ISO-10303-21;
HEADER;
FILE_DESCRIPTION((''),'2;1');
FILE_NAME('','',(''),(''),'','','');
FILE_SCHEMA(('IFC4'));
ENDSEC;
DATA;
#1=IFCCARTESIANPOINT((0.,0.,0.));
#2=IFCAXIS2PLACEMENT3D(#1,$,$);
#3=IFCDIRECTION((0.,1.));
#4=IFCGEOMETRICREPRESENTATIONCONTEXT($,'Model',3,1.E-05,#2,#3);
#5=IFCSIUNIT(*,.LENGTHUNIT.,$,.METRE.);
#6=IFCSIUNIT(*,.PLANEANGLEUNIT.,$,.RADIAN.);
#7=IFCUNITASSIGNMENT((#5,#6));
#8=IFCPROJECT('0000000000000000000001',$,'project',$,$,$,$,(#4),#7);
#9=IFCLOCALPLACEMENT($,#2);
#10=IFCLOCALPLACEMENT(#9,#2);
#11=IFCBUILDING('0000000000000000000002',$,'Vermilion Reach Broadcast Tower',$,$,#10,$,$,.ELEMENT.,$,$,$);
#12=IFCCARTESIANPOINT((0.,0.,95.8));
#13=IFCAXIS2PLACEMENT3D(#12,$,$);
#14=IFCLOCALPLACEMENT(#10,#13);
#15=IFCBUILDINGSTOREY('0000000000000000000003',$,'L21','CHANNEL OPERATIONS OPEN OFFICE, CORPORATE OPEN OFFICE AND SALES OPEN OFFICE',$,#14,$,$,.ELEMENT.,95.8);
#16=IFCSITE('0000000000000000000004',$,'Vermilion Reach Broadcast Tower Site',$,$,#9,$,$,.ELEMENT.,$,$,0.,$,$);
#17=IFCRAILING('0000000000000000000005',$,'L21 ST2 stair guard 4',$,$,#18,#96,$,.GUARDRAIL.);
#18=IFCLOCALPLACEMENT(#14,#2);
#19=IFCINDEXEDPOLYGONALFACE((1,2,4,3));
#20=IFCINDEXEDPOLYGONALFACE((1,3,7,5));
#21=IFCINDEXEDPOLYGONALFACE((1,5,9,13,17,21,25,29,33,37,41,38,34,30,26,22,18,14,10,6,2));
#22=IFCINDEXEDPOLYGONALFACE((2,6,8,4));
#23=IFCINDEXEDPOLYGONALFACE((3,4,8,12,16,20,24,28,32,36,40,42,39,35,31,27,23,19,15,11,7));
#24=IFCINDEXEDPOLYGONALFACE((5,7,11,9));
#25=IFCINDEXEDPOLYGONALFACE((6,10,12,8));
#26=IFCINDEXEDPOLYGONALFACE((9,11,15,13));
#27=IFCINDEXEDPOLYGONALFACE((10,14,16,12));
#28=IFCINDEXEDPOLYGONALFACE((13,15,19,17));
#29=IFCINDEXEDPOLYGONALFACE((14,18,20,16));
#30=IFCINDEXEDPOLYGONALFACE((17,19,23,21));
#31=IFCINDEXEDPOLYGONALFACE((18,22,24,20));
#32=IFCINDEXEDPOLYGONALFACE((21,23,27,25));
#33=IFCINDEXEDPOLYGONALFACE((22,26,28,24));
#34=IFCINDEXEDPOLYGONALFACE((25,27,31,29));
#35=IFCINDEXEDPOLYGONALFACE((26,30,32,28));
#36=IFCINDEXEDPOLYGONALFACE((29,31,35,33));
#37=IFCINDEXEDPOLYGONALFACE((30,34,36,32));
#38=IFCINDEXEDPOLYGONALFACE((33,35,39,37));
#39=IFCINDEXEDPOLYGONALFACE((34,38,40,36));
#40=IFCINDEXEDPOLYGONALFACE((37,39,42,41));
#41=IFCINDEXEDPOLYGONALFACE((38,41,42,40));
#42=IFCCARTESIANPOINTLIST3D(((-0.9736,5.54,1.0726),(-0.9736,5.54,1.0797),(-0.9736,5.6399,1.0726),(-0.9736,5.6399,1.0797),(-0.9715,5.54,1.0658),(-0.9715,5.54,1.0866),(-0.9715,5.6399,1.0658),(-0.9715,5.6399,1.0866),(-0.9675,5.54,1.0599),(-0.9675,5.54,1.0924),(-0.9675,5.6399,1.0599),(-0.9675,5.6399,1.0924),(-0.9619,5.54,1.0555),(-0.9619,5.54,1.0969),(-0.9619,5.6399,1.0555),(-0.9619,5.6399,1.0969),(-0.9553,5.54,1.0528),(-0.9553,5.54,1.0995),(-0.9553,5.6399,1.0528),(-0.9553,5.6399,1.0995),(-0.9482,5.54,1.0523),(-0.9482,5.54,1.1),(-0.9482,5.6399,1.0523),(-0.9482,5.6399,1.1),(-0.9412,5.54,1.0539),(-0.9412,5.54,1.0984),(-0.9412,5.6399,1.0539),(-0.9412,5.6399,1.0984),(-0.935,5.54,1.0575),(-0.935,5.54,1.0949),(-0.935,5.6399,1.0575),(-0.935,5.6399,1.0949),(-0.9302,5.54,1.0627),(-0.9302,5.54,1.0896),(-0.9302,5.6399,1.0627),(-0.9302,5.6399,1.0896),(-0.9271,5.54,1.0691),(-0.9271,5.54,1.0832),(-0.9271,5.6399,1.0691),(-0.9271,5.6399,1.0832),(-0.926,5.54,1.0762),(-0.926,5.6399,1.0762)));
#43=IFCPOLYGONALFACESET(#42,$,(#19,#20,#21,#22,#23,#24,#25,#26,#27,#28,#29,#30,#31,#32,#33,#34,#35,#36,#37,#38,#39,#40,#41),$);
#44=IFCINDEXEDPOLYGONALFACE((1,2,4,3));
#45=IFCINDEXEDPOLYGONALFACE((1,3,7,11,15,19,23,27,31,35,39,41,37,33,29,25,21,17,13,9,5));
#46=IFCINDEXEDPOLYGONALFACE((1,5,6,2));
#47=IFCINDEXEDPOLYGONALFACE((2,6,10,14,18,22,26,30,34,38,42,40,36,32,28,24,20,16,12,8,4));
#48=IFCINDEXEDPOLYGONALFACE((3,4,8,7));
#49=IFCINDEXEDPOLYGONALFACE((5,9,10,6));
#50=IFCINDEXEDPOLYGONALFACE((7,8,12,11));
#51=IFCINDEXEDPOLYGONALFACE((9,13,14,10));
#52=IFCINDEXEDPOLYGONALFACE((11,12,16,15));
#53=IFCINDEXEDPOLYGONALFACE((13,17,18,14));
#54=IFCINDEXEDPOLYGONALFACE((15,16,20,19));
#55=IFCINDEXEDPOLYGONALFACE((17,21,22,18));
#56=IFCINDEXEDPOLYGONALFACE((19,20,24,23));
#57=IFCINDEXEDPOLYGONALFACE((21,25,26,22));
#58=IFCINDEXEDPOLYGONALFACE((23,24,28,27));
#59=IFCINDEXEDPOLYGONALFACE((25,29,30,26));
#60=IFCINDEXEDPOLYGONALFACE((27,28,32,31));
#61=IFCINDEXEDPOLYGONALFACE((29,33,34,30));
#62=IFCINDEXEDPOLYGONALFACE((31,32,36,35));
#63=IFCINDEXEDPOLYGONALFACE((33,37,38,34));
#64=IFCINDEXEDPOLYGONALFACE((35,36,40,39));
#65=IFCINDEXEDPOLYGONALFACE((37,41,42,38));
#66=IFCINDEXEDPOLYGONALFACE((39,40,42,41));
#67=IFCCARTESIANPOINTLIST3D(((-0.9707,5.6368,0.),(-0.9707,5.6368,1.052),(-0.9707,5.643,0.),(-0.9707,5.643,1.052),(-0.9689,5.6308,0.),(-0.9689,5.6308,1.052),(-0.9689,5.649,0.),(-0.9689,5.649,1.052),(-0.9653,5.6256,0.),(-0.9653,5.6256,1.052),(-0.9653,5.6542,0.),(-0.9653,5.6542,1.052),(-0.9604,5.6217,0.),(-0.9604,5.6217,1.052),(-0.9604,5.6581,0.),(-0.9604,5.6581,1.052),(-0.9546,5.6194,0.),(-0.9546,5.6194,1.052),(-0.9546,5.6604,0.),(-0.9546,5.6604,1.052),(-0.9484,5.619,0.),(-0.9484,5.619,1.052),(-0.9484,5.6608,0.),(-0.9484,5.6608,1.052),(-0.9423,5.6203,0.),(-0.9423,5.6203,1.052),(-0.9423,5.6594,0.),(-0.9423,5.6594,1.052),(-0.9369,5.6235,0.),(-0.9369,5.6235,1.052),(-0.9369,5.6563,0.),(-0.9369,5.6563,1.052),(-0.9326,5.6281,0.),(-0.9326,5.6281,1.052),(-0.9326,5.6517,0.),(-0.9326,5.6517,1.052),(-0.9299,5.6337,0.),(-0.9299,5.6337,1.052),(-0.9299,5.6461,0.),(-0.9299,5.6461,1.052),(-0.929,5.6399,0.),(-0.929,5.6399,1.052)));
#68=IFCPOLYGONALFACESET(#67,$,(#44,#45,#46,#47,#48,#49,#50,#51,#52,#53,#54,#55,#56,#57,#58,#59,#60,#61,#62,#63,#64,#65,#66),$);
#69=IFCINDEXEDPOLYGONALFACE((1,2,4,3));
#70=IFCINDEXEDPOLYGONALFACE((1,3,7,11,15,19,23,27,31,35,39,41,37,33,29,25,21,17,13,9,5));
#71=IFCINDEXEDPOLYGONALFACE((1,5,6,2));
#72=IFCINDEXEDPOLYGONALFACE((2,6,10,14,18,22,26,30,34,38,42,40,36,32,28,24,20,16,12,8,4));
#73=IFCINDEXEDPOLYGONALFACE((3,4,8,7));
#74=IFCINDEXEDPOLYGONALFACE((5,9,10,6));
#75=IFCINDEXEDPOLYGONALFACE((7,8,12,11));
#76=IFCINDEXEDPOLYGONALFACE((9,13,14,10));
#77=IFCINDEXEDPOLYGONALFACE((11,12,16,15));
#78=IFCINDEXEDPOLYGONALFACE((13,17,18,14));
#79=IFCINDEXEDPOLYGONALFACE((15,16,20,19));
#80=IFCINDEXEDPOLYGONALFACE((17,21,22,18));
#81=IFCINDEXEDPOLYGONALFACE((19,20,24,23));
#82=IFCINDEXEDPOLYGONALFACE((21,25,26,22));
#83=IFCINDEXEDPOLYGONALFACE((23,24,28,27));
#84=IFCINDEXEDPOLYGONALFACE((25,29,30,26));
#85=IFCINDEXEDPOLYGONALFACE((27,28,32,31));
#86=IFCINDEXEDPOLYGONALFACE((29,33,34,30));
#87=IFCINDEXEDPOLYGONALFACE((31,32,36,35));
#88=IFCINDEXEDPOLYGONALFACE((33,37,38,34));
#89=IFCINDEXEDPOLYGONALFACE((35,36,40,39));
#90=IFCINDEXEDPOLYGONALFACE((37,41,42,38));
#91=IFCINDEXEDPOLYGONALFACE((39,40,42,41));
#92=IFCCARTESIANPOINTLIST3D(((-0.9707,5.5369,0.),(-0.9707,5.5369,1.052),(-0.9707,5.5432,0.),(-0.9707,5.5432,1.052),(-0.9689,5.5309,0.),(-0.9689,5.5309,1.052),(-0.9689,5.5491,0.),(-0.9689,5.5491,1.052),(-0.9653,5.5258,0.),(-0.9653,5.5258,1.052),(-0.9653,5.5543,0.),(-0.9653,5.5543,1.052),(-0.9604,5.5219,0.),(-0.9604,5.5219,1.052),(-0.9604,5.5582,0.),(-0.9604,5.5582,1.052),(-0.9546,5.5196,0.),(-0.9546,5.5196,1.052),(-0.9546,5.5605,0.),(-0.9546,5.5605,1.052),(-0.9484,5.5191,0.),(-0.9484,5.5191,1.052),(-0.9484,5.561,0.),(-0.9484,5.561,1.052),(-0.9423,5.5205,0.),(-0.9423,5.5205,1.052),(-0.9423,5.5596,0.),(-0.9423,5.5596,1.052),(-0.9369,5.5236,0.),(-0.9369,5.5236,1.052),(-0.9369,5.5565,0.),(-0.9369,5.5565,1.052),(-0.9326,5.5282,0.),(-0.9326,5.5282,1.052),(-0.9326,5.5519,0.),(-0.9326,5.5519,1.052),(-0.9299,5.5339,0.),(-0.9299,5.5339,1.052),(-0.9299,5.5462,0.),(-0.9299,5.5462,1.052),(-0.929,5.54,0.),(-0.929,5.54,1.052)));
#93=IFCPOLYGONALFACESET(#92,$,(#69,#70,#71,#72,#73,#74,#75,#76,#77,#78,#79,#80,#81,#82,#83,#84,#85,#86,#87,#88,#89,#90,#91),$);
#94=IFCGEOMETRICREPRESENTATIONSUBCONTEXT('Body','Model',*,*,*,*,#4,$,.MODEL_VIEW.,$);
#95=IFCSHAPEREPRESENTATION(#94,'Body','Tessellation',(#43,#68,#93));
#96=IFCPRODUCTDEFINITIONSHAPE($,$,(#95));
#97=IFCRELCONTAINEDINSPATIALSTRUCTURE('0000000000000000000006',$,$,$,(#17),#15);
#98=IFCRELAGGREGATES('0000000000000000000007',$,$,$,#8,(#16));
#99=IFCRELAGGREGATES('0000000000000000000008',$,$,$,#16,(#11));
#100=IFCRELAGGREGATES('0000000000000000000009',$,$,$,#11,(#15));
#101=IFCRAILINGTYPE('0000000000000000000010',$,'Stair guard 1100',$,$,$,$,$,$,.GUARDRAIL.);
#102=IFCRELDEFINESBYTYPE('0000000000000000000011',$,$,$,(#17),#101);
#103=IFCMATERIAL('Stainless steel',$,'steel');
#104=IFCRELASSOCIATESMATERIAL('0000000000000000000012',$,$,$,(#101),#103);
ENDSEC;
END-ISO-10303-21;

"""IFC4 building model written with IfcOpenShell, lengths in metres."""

from ifc_helpers import new_model, si_unit, direction, frame, origin, origin_2d, place, context, subcontext, project, spatial, circle, extrude, material, type_object, element, save


model = new_model("IFC4")

# Units and contexts
model_context = context("Model", 3, precision=1e-05, world=origin(), true_north=direction((0.0, 1.0)))
body_context = subcontext(model_context, "Body", "Model", "MODEL_VIEW")
ifc_project = project(units=[si_unit("LENGTHUNIT", "METRE"), si_unit("PLANEANGLEUNIT", "RADIAN")], contexts=[model_context])

# Site, building, storey
site_placement = place(None, origin())
site = spatial("IfcSite", under=ifc_project, at=site_placement, Name="Vermilion Reach Broadcast Tower Site", CompositionType="ELEMENT", RefElevation=0.0)
building_placement = place(site_placement, origin())
building = spatial("IfcBuilding", under=site, at=building_placement, Name="Vermilion Reach Broadcast Tower", CompositionType="ELEMENT")
storey_placement = place(building_placement, frame((0.0, 0.0, 95.8)))
storey = spatial("IfcBuildingStorey", under=building, at=storey_placement, Name="L21", Description="CHANNEL OPERATIONS OPEN OFFICE, CORPORATE OPEN OFFICE AND SALES OPEN OFFICE", CompositionType="ELEMENT", Elevation=95.8)

# Railing
ifc_material_1 = material(Name="Stainless steel", Category="steel")
railing_type_1 = type_object("IfcRailingType", Name="Stair guard 1100", PredefinedType="GUARDRAIL", material=ifc_material_1)
railing_1_placement = place(storey_placement, frame((-0.95, 5.6399, 0.0)))
element("IfcRailing", 1, at=railing_1_placement, inside=storey, type_object=railing_type_1, Name="L21 ST2 stair guard 4", PredefinedType="GUARDRAIL", context=body_context, shape_type="SweptSolid", body=[
    extrude(circle(Radius=0.0239, at=origin_2d()), frame((0.0, 0.0, 1.0762), z_axis=(0.0, -1.0, 0.0), x_axis=(1.0, 0.0, 0.0)), (0.0, 0.0, 1.0), 0.0999),
    extrude(circle(Radius=0.021, at=origin_2d()), origin(), (0.0, 0.0, 1.0), 1.052),
    extrude(circle(Radius=0.021, at=origin_2d()), frame((0.0, -0.0999, 0.0)), (0.0, 0.0, 1.0), 1.052),
])

save(model, "model.ifc")
